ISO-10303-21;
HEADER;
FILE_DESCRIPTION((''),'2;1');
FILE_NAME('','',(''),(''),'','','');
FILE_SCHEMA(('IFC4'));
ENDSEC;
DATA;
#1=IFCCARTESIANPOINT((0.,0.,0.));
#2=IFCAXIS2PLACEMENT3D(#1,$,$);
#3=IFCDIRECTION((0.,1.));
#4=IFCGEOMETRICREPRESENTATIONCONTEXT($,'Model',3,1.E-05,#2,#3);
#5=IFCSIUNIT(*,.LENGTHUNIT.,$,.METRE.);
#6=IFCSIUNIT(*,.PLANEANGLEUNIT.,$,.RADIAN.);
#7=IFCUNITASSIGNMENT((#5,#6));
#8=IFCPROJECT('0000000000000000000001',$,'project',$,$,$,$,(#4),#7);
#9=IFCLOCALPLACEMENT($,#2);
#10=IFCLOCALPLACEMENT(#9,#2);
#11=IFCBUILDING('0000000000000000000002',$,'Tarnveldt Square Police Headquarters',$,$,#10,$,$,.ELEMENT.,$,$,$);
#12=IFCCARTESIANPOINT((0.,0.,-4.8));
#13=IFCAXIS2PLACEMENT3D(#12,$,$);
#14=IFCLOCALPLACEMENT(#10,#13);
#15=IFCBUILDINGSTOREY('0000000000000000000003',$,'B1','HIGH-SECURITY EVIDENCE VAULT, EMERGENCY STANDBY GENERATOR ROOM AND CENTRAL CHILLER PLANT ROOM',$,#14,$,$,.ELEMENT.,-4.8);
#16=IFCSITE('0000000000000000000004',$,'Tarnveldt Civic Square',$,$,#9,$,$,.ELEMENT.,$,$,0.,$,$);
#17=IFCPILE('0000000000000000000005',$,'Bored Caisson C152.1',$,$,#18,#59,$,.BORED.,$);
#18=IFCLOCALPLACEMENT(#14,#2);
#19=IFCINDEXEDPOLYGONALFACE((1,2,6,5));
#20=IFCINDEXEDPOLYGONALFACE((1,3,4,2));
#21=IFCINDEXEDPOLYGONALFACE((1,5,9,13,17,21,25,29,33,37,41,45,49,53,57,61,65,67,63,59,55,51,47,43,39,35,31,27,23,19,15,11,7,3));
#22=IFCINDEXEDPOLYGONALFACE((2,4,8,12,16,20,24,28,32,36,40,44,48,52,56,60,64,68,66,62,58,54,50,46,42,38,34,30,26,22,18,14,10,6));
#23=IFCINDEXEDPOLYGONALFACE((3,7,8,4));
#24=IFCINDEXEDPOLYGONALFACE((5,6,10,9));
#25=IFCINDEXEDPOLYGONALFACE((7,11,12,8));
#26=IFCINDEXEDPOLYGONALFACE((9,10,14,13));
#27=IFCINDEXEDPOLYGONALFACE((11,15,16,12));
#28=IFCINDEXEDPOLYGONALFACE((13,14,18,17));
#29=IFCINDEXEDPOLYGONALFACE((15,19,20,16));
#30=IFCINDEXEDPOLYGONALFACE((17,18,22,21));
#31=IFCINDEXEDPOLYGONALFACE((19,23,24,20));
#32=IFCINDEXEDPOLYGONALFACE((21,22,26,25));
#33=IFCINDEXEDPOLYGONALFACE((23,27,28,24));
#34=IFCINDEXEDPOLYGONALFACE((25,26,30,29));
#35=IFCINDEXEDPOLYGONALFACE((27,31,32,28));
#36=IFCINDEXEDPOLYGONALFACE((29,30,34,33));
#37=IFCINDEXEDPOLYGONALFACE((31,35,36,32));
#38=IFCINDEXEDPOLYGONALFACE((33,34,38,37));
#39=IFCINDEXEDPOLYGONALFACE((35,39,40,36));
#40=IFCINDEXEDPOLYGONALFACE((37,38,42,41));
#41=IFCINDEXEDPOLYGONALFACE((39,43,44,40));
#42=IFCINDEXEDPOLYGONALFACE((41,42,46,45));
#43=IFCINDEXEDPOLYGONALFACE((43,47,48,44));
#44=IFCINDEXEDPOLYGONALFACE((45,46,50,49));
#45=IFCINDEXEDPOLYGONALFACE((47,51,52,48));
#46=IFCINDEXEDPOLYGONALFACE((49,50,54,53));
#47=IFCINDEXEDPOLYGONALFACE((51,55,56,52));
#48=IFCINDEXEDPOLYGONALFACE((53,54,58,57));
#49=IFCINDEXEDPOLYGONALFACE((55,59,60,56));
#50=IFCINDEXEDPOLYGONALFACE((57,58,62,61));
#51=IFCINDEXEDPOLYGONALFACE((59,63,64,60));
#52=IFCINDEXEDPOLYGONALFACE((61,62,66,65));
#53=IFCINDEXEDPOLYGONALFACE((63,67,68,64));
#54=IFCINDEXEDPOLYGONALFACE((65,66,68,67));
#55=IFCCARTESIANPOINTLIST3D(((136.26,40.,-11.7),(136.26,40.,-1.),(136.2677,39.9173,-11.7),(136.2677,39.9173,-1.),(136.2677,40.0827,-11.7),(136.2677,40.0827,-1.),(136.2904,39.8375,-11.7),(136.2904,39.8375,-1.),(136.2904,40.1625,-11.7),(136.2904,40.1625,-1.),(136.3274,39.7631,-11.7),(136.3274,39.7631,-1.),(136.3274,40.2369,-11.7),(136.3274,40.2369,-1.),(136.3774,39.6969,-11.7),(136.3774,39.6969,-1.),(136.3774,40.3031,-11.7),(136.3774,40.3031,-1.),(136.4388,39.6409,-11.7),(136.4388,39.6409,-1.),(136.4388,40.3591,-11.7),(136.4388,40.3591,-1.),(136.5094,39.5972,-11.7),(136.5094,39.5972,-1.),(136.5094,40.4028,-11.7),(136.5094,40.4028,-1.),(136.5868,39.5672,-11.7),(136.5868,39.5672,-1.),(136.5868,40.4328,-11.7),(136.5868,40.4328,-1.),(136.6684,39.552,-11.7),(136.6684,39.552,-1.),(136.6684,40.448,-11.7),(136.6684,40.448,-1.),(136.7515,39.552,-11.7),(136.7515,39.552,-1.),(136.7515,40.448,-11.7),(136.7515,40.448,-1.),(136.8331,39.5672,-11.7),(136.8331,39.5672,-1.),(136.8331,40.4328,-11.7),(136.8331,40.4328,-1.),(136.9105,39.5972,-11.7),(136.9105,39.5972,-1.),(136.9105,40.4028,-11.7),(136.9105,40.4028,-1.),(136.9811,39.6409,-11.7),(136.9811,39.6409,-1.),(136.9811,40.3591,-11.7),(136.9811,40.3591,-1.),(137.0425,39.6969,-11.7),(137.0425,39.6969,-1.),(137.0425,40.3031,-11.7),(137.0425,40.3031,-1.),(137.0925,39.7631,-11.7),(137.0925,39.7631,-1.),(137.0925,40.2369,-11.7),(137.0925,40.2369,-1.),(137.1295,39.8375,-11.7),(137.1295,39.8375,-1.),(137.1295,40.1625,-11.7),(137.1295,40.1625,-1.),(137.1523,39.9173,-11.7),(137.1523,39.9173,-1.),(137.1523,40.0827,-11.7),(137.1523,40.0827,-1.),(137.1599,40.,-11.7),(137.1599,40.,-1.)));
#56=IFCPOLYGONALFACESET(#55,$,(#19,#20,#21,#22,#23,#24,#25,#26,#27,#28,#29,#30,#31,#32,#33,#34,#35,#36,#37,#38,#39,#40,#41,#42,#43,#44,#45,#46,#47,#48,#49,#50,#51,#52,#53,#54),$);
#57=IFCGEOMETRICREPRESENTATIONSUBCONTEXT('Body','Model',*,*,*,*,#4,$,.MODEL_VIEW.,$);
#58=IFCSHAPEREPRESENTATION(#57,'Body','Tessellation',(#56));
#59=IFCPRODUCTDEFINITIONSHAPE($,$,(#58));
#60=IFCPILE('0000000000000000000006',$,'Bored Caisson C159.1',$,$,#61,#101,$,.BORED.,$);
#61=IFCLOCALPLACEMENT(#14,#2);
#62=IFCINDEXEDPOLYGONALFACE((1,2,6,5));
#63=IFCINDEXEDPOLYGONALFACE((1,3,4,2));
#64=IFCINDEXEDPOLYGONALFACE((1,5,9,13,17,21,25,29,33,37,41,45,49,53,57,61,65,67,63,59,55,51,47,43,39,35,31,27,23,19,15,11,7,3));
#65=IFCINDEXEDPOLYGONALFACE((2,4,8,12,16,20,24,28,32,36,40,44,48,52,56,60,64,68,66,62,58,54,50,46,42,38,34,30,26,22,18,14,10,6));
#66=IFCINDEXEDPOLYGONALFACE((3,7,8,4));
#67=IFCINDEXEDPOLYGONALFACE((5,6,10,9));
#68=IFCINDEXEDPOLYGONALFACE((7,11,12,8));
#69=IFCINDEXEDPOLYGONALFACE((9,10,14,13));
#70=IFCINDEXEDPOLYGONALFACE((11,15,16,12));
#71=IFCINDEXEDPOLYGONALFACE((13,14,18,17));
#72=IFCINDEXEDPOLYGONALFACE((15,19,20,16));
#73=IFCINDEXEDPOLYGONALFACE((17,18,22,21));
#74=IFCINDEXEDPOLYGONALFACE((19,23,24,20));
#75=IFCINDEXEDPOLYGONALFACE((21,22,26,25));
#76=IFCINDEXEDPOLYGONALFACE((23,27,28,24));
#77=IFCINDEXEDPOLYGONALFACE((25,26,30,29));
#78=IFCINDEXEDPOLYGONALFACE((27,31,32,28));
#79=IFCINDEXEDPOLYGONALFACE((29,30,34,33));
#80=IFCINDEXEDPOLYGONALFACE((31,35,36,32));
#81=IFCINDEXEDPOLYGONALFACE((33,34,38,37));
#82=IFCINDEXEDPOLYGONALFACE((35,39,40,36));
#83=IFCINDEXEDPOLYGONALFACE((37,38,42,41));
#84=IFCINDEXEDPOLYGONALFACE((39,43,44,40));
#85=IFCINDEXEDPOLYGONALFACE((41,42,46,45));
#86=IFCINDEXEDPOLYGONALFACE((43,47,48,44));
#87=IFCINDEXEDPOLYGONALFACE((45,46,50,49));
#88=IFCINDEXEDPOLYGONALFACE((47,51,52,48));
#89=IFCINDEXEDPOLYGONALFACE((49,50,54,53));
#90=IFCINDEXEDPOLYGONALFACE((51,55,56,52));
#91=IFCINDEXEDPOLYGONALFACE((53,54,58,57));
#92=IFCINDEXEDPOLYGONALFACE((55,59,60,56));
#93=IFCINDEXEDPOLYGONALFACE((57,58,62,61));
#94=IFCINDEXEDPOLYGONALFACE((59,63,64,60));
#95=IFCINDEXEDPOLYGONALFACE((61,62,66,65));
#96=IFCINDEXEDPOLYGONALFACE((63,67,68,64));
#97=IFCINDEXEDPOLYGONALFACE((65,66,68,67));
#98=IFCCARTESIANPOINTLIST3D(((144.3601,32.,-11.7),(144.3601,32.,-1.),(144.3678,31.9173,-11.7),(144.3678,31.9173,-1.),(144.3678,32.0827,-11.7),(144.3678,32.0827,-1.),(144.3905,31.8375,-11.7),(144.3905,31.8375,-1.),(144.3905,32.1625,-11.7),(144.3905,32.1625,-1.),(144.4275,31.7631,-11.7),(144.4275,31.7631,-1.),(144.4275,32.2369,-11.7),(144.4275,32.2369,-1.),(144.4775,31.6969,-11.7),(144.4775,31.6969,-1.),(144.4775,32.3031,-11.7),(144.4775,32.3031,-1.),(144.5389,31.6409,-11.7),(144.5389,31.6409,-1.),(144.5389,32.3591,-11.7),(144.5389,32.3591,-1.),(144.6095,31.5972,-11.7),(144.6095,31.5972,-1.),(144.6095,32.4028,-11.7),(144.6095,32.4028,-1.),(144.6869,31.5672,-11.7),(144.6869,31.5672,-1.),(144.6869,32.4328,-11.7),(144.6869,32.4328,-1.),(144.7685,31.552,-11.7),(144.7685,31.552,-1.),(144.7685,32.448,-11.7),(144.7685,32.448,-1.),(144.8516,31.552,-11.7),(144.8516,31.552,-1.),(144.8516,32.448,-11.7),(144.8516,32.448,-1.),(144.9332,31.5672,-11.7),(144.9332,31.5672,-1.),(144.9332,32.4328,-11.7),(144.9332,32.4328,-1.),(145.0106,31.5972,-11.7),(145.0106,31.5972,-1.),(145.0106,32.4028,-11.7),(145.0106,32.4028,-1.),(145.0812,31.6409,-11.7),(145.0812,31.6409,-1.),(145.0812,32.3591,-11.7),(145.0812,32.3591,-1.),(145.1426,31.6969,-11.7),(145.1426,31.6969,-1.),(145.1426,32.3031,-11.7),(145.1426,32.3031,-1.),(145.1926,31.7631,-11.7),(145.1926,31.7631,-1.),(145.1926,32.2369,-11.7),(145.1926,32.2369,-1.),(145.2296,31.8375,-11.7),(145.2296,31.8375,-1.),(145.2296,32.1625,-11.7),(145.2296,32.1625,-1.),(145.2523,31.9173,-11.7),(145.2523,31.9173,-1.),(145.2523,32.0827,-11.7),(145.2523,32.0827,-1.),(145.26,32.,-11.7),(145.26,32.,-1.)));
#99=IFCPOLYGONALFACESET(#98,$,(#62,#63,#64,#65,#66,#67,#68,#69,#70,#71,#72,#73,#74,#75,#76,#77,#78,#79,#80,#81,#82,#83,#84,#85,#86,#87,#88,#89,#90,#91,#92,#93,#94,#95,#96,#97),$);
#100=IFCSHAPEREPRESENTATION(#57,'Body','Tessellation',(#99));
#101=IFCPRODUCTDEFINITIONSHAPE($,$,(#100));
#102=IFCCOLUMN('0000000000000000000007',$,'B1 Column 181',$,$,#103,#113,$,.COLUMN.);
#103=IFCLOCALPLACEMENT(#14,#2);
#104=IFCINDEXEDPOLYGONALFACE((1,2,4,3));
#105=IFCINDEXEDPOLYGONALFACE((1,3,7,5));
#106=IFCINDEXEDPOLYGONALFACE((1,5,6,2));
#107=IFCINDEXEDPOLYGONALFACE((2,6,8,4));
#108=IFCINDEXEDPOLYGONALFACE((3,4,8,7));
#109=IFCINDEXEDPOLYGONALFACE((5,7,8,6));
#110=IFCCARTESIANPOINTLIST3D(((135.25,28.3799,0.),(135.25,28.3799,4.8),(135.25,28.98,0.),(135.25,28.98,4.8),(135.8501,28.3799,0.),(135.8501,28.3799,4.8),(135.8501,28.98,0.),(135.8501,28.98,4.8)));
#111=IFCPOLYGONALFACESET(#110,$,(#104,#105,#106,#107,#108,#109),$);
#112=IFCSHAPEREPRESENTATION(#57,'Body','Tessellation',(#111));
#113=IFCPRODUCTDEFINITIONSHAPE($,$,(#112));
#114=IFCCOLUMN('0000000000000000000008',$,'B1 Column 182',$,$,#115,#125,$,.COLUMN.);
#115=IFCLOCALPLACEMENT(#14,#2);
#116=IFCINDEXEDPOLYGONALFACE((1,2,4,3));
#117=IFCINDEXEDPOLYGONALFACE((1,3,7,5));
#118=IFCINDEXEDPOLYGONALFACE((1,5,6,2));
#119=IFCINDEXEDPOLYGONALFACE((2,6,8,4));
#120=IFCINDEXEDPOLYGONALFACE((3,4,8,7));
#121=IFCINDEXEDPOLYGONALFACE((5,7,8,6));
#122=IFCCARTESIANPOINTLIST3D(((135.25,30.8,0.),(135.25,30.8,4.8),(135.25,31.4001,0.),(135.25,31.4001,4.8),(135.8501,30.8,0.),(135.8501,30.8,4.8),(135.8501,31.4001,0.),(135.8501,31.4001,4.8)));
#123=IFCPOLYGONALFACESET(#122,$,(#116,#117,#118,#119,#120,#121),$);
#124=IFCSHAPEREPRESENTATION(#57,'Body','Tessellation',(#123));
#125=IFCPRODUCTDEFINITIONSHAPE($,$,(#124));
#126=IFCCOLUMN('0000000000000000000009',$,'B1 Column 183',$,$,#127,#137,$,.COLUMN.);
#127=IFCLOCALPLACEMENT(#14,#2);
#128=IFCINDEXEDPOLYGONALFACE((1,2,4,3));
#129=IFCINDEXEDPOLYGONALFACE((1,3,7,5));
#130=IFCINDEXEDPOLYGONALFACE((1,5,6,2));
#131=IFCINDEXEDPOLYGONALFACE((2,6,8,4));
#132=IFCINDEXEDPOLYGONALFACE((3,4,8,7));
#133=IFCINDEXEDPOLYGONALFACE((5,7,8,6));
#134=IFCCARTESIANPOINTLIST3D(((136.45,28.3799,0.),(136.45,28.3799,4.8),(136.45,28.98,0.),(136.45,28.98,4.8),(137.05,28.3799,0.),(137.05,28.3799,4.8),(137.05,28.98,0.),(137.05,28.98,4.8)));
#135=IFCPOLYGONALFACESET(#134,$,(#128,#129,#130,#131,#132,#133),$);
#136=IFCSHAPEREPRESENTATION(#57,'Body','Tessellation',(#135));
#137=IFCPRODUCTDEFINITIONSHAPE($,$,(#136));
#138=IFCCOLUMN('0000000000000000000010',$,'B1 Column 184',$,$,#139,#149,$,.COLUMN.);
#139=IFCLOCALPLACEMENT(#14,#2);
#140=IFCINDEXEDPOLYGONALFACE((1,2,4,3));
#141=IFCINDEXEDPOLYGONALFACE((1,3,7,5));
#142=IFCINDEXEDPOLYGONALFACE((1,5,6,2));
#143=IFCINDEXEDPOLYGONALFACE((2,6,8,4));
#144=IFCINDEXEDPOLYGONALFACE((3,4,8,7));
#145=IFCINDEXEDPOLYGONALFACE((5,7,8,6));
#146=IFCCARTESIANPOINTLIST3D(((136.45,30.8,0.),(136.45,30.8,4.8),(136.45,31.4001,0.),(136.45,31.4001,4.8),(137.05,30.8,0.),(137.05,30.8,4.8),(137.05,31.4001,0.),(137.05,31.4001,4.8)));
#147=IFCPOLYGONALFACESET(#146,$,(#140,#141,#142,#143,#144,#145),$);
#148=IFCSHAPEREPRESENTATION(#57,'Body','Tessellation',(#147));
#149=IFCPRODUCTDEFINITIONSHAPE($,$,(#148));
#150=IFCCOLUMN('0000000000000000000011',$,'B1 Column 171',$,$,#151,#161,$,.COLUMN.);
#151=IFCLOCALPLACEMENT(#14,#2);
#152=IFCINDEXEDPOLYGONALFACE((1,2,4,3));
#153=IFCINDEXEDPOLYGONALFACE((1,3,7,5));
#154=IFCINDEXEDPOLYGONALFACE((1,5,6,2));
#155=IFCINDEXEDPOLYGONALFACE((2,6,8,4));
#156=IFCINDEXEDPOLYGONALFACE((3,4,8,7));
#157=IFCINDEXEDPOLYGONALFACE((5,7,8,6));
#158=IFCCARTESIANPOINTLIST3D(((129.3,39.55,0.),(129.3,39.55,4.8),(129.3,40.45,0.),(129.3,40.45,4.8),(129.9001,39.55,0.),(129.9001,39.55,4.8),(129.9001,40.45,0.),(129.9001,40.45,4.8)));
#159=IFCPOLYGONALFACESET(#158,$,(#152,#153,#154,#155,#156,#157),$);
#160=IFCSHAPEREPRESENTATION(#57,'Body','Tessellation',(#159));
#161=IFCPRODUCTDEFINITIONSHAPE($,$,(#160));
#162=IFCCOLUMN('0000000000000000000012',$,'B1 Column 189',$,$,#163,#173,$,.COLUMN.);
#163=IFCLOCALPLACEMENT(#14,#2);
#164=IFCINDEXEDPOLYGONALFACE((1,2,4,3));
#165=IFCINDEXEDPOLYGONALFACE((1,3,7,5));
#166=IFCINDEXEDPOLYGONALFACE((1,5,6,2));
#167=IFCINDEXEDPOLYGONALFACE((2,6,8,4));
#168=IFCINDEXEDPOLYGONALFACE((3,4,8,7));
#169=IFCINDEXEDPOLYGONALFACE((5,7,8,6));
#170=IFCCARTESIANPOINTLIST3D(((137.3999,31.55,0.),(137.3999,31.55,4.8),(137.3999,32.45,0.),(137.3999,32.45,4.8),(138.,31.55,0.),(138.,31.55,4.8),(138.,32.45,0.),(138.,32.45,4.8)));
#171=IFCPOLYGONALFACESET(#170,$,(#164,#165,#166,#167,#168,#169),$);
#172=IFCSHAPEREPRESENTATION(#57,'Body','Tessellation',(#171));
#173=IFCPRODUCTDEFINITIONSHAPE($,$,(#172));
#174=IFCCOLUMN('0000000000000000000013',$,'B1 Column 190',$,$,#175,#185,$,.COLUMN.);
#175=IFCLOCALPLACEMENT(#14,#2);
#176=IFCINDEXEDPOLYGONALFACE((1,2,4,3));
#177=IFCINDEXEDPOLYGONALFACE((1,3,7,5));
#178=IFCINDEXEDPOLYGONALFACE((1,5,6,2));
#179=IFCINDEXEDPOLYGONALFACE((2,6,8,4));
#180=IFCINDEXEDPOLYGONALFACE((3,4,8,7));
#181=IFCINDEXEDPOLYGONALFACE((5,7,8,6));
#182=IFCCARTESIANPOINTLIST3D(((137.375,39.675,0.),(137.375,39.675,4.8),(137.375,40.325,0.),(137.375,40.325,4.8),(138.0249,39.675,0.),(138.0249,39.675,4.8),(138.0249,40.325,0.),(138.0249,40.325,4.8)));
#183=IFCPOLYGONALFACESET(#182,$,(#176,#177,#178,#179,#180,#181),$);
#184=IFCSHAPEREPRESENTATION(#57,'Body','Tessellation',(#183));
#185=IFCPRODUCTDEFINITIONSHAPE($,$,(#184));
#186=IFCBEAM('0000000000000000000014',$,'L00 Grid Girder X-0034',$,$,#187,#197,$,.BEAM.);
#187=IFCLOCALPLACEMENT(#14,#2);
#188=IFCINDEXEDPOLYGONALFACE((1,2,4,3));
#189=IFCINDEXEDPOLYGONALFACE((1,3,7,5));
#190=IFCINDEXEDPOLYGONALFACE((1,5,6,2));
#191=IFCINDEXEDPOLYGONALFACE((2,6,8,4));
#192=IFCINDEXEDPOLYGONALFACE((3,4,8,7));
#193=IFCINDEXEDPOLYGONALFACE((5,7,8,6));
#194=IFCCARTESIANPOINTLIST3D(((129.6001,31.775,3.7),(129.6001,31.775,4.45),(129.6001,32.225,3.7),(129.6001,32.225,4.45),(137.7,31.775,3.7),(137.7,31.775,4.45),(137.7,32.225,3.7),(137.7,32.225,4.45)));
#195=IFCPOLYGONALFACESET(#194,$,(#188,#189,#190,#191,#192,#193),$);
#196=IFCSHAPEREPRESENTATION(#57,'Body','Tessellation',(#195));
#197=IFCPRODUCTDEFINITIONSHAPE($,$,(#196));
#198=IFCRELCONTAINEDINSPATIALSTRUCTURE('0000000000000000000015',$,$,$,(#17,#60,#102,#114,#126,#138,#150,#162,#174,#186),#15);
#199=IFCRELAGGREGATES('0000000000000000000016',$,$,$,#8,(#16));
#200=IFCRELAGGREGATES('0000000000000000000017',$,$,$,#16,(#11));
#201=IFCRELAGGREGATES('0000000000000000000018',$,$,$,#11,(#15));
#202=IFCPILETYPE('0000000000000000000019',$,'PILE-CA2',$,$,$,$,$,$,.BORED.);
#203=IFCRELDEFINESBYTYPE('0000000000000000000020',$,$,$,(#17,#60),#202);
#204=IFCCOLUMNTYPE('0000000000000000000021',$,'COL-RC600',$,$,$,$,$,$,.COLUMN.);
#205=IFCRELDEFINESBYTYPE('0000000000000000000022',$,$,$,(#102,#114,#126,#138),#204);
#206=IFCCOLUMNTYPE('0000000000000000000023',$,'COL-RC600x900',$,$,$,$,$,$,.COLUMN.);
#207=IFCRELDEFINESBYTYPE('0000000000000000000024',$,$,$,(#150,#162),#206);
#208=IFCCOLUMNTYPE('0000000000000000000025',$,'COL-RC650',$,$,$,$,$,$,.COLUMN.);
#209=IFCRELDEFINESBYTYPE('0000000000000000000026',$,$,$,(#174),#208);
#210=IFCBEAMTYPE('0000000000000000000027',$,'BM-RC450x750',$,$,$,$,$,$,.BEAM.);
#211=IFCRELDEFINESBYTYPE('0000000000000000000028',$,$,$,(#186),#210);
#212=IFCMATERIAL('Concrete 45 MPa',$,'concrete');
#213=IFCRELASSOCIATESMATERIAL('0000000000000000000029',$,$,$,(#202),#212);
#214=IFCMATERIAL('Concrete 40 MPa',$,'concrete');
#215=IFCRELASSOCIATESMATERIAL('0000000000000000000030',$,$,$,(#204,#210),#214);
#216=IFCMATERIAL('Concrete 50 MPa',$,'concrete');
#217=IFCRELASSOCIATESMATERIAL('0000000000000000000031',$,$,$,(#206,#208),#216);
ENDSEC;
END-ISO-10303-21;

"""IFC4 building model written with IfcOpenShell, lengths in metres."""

from ifc_helpers import new_model, si_unit, direction, frame, origin, origin_2d, place, context, subcontext, project, spatial, rectangle, circle, extrude, material, material_profile, profile_set, type_object, element, save


model = new_model("IFC4")

# Units and contexts
model_context = context("Model", 3, precision=1e-05, world=origin(), true_north=direction((0.0, 1.0)))
body_context = subcontext(model_context, "Body", "Model", "MODEL_VIEW")
ifc_project = project(units=[si_unit("LENGTHUNIT", "METRE"), si_unit("PLANEANGLEUNIT", "RADIAN")], contexts=[model_context])

# Site, building, storey
site_placement = place(None, origin())
site = spatial("IfcSite", under=ifc_project, at=site_placement, Name="Tarnveldt Civic Square", CompositionType="ELEMENT", RefElevation=0.0)
building_placement = place(site_placement, origin())
building = spatial("IfcBuilding", under=site, at=building_placement, Name="Tarnveldt Square Police Headquarters", CompositionType="ELEMENT")
storey_placement = place(building_placement, frame((0.0, 0.0, -4.8)))
storey = spatial("IfcBuildingStorey", under=building, at=storey_placement, Name="B1", Description="HIGH-SECURITY EVIDENCE VAULT, EMERGENCY STANDBY GENERATOR ROOM AND CENTRAL CHILLER PLANT ROOM", CompositionType="ELEMENT", Elevation=-4.8)

# Shared definitions
ifc_material_1 = material(Name="Concrete 45 MPa", Category="concrete")

# Piles
ifc_material_profile_1 = material_profile(ifc_material_1, circle(Radius=0.45, at=origin_2d()), Name="CAISSON-D900")
ifc_profile_set_1 = profile_set([ifc_material_profile_1], Name="Concrete 45 MPa")
pile_type_1 = type_object("IfcPileType", Name="PILE-CA2", PredefinedType="BORED", material=ifc_profile_set_1)
for number, where, z_axis, x_axis, name in (
    (1, (136.71, 40.0, -1.0), (0.0, 0.0, -1.0), (1.0, 0.0, 0.0), "Bored Caisson C152.1"),
    (2, (144.8101, 32.0, -1.0), (0.0, 0.0, -1.0), (1.0, 0.0, 0.0), "Bored Caisson C159.1"),
):
    element("IfcPile", number, at=place(storey_placement, frame(where, z_axis=z_axis, x_axis=x_axis)), inside=storey, type_object=pile_type_1, Name=name, PredefinedType="BORED", context=body_context, shape_type="SweptSolid", body=[
        extrude(circle(Radius=0.45, at=origin_2d()), origin(), (0.0, 0.0, 1.0), 10.7),
    ])

# Columns
ifc_material_2 = material(Name="Concrete 40 MPa", Category="concrete")
ifc_material_profile_2 = material_profile(ifc_material_2, rectangle(XDim=0.6001, YDim=0.6001, at=origin_2d()), Name="RC-C600x600")
ifc_profile_set_2 = profile_set([ifc_material_profile_2], Name="Concrete 40 MPa")
column_type_1 = type_object("IfcColumnType", Name="COL-RC600", PredefinedType="COLUMN", material=ifc_profile_set_2)
for number, where, z_axis, x_axis, name in (
    (3, (135.55, 28.6799, 0.0), (0.0, 0.0, 1.0), (1.0, 0.0, 0.0), "B1 Column 181"),
    (4, (135.55, 31.1001, 0.0), (0.0, 0.0, 1.0), (1.0, 0.0, 0.0), "B1 Column 182"),
    (5, (136.75, 28.6799, 0.0), (0.0, 0.0, 1.0), (1.0, 0.0, 0.0), "B1 Column 183"),
    (6, (136.75, 31.1001, 0.0), (0.0, 0.0, 1.0), (1.0, 0.0, 0.0), "B1 Column 184"),
):
    element("IfcColumn", number, at=place(storey_placement, frame(where, z_axis=z_axis, x_axis=x_axis)), inside=storey, type_object=column_type_1, Name=name, PredefinedType="COLUMN", context=body_context, shape_type="SweptSolid", body=[
        extrude(rectangle(XDim=0.6001, YDim=0.6001, at=origin_2d()), origin(), (0.0, 0.0, 1.0), 4.8),
    ])
ifc_material_3 = material(Name="Concrete 50 MPa", Category="concrete")
ifc_material_profile_3 = material_profile(ifc_material_3, rectangle(XDim=0.6001, YDim=0.8999, at=origin_2d()), Name="RC-C600x900")
ifc_profile_set_3 = profile_set([ifc_material_profile_3], Name="Concrete 50 MPa")
column_type_2 = type_object("IfcColumnType", Name="COL-RC600x900", PredefinedType="COLUMN", material=ifc_profile_set_3)
for number, where, z_axis, x_axis, name in (
    (7, (129.6001, 40.0, 0.0), (0.0, 0.0, 1.0), (1.0, 0.0, 0.0), "B1 Column 171"),
    (8, (137.7, 32.0, 0.0), (0.0, 0.0, 1.0), (1.0, 0.0, 0.0), "B1 Column 189"),
):
    element("IfcColumn", number, at=place(storey_placement, frame(where, z_axis=z_axis, x_axis=x_axis)), inside=storey, type_object=column_type_2, Name=name, PredefinedType="COLUMN", context=body_context, shape_type="SweptSolid", body=[
        extrude(rectangle(XDim=0.6001, YDim=0.8999, at=origin_2d()), origin(), (0.0, 0.0, 1.0), 4.8),
    ])
ifc_material_profile_4 = material_profile(ifc_material_3, rectangle(XDim=0.6499, YDim=0.6499, at=origin_2d()), Name="RC-C650x650")
ifc_profile_set_4 = profile_set([ifc_material_profile_4], Name="Concrete 50 MPa")
column_type_3 = type_object("IfcColumnType", Name="COL-RC650", PredefinedType="COLUMN", material=ifc_profile_set_4)
column_placement = place(storey_placement, frame((137.7, 40.0, 0.0), z_axis=(0.0, 0.0, 1.0), x_axis=(1.0, 0.0, 0.0)))
element("IfcColumn", 9, at=column_placement, inside=storey, type_object=column_type_3, Name="B1 Column 190", PredefinedType="COLUMN", context=body_context, shape_type="SweptSolid", body=[
    extrude(rectangle(XDim=0.6499, YDim=0.6499, at=origin_2d()), origin(), (0.0, 0.0, 1.0), 4.8),
])

# Beam
ifc_material_profile_5 = material_profile(ifc_material_2, rectangle(XDim=0.45, YDim=0.75, at=origin_2d()), Name="RC-B450x750")
ifc_profile_set_5 = profile_set([ifc_material_profile_5], Name="Concrete 40 MPa")
beam_type_1 = type_object("IfcBeamType", Name="BM-RC450x750", PredefinedType="BEAM", material=ifc_profile_set_5)
beam_1_placement = place(storey_placement, frame((129.6001, 32.0, 4.075), z_axis=(1.0, 0.0, 0.0), x_axis=(0.0, 1.0, 0.0)))
element("IfcBeam", 10, at=beam_1_placement, inside=storey, type_object=beam_type_1, Name="L00 Grid Girder X-0034", PredefinedType="BEAM", context=body_context, shape_type="SweptSolid", body=[
    extrude(rectangle(XDim=0.45, YDim=0.75, at=origin_2d()), origin(), (0.0, 0.0, 1.0), 8.0999),
])

save(model, "model.ifc")
